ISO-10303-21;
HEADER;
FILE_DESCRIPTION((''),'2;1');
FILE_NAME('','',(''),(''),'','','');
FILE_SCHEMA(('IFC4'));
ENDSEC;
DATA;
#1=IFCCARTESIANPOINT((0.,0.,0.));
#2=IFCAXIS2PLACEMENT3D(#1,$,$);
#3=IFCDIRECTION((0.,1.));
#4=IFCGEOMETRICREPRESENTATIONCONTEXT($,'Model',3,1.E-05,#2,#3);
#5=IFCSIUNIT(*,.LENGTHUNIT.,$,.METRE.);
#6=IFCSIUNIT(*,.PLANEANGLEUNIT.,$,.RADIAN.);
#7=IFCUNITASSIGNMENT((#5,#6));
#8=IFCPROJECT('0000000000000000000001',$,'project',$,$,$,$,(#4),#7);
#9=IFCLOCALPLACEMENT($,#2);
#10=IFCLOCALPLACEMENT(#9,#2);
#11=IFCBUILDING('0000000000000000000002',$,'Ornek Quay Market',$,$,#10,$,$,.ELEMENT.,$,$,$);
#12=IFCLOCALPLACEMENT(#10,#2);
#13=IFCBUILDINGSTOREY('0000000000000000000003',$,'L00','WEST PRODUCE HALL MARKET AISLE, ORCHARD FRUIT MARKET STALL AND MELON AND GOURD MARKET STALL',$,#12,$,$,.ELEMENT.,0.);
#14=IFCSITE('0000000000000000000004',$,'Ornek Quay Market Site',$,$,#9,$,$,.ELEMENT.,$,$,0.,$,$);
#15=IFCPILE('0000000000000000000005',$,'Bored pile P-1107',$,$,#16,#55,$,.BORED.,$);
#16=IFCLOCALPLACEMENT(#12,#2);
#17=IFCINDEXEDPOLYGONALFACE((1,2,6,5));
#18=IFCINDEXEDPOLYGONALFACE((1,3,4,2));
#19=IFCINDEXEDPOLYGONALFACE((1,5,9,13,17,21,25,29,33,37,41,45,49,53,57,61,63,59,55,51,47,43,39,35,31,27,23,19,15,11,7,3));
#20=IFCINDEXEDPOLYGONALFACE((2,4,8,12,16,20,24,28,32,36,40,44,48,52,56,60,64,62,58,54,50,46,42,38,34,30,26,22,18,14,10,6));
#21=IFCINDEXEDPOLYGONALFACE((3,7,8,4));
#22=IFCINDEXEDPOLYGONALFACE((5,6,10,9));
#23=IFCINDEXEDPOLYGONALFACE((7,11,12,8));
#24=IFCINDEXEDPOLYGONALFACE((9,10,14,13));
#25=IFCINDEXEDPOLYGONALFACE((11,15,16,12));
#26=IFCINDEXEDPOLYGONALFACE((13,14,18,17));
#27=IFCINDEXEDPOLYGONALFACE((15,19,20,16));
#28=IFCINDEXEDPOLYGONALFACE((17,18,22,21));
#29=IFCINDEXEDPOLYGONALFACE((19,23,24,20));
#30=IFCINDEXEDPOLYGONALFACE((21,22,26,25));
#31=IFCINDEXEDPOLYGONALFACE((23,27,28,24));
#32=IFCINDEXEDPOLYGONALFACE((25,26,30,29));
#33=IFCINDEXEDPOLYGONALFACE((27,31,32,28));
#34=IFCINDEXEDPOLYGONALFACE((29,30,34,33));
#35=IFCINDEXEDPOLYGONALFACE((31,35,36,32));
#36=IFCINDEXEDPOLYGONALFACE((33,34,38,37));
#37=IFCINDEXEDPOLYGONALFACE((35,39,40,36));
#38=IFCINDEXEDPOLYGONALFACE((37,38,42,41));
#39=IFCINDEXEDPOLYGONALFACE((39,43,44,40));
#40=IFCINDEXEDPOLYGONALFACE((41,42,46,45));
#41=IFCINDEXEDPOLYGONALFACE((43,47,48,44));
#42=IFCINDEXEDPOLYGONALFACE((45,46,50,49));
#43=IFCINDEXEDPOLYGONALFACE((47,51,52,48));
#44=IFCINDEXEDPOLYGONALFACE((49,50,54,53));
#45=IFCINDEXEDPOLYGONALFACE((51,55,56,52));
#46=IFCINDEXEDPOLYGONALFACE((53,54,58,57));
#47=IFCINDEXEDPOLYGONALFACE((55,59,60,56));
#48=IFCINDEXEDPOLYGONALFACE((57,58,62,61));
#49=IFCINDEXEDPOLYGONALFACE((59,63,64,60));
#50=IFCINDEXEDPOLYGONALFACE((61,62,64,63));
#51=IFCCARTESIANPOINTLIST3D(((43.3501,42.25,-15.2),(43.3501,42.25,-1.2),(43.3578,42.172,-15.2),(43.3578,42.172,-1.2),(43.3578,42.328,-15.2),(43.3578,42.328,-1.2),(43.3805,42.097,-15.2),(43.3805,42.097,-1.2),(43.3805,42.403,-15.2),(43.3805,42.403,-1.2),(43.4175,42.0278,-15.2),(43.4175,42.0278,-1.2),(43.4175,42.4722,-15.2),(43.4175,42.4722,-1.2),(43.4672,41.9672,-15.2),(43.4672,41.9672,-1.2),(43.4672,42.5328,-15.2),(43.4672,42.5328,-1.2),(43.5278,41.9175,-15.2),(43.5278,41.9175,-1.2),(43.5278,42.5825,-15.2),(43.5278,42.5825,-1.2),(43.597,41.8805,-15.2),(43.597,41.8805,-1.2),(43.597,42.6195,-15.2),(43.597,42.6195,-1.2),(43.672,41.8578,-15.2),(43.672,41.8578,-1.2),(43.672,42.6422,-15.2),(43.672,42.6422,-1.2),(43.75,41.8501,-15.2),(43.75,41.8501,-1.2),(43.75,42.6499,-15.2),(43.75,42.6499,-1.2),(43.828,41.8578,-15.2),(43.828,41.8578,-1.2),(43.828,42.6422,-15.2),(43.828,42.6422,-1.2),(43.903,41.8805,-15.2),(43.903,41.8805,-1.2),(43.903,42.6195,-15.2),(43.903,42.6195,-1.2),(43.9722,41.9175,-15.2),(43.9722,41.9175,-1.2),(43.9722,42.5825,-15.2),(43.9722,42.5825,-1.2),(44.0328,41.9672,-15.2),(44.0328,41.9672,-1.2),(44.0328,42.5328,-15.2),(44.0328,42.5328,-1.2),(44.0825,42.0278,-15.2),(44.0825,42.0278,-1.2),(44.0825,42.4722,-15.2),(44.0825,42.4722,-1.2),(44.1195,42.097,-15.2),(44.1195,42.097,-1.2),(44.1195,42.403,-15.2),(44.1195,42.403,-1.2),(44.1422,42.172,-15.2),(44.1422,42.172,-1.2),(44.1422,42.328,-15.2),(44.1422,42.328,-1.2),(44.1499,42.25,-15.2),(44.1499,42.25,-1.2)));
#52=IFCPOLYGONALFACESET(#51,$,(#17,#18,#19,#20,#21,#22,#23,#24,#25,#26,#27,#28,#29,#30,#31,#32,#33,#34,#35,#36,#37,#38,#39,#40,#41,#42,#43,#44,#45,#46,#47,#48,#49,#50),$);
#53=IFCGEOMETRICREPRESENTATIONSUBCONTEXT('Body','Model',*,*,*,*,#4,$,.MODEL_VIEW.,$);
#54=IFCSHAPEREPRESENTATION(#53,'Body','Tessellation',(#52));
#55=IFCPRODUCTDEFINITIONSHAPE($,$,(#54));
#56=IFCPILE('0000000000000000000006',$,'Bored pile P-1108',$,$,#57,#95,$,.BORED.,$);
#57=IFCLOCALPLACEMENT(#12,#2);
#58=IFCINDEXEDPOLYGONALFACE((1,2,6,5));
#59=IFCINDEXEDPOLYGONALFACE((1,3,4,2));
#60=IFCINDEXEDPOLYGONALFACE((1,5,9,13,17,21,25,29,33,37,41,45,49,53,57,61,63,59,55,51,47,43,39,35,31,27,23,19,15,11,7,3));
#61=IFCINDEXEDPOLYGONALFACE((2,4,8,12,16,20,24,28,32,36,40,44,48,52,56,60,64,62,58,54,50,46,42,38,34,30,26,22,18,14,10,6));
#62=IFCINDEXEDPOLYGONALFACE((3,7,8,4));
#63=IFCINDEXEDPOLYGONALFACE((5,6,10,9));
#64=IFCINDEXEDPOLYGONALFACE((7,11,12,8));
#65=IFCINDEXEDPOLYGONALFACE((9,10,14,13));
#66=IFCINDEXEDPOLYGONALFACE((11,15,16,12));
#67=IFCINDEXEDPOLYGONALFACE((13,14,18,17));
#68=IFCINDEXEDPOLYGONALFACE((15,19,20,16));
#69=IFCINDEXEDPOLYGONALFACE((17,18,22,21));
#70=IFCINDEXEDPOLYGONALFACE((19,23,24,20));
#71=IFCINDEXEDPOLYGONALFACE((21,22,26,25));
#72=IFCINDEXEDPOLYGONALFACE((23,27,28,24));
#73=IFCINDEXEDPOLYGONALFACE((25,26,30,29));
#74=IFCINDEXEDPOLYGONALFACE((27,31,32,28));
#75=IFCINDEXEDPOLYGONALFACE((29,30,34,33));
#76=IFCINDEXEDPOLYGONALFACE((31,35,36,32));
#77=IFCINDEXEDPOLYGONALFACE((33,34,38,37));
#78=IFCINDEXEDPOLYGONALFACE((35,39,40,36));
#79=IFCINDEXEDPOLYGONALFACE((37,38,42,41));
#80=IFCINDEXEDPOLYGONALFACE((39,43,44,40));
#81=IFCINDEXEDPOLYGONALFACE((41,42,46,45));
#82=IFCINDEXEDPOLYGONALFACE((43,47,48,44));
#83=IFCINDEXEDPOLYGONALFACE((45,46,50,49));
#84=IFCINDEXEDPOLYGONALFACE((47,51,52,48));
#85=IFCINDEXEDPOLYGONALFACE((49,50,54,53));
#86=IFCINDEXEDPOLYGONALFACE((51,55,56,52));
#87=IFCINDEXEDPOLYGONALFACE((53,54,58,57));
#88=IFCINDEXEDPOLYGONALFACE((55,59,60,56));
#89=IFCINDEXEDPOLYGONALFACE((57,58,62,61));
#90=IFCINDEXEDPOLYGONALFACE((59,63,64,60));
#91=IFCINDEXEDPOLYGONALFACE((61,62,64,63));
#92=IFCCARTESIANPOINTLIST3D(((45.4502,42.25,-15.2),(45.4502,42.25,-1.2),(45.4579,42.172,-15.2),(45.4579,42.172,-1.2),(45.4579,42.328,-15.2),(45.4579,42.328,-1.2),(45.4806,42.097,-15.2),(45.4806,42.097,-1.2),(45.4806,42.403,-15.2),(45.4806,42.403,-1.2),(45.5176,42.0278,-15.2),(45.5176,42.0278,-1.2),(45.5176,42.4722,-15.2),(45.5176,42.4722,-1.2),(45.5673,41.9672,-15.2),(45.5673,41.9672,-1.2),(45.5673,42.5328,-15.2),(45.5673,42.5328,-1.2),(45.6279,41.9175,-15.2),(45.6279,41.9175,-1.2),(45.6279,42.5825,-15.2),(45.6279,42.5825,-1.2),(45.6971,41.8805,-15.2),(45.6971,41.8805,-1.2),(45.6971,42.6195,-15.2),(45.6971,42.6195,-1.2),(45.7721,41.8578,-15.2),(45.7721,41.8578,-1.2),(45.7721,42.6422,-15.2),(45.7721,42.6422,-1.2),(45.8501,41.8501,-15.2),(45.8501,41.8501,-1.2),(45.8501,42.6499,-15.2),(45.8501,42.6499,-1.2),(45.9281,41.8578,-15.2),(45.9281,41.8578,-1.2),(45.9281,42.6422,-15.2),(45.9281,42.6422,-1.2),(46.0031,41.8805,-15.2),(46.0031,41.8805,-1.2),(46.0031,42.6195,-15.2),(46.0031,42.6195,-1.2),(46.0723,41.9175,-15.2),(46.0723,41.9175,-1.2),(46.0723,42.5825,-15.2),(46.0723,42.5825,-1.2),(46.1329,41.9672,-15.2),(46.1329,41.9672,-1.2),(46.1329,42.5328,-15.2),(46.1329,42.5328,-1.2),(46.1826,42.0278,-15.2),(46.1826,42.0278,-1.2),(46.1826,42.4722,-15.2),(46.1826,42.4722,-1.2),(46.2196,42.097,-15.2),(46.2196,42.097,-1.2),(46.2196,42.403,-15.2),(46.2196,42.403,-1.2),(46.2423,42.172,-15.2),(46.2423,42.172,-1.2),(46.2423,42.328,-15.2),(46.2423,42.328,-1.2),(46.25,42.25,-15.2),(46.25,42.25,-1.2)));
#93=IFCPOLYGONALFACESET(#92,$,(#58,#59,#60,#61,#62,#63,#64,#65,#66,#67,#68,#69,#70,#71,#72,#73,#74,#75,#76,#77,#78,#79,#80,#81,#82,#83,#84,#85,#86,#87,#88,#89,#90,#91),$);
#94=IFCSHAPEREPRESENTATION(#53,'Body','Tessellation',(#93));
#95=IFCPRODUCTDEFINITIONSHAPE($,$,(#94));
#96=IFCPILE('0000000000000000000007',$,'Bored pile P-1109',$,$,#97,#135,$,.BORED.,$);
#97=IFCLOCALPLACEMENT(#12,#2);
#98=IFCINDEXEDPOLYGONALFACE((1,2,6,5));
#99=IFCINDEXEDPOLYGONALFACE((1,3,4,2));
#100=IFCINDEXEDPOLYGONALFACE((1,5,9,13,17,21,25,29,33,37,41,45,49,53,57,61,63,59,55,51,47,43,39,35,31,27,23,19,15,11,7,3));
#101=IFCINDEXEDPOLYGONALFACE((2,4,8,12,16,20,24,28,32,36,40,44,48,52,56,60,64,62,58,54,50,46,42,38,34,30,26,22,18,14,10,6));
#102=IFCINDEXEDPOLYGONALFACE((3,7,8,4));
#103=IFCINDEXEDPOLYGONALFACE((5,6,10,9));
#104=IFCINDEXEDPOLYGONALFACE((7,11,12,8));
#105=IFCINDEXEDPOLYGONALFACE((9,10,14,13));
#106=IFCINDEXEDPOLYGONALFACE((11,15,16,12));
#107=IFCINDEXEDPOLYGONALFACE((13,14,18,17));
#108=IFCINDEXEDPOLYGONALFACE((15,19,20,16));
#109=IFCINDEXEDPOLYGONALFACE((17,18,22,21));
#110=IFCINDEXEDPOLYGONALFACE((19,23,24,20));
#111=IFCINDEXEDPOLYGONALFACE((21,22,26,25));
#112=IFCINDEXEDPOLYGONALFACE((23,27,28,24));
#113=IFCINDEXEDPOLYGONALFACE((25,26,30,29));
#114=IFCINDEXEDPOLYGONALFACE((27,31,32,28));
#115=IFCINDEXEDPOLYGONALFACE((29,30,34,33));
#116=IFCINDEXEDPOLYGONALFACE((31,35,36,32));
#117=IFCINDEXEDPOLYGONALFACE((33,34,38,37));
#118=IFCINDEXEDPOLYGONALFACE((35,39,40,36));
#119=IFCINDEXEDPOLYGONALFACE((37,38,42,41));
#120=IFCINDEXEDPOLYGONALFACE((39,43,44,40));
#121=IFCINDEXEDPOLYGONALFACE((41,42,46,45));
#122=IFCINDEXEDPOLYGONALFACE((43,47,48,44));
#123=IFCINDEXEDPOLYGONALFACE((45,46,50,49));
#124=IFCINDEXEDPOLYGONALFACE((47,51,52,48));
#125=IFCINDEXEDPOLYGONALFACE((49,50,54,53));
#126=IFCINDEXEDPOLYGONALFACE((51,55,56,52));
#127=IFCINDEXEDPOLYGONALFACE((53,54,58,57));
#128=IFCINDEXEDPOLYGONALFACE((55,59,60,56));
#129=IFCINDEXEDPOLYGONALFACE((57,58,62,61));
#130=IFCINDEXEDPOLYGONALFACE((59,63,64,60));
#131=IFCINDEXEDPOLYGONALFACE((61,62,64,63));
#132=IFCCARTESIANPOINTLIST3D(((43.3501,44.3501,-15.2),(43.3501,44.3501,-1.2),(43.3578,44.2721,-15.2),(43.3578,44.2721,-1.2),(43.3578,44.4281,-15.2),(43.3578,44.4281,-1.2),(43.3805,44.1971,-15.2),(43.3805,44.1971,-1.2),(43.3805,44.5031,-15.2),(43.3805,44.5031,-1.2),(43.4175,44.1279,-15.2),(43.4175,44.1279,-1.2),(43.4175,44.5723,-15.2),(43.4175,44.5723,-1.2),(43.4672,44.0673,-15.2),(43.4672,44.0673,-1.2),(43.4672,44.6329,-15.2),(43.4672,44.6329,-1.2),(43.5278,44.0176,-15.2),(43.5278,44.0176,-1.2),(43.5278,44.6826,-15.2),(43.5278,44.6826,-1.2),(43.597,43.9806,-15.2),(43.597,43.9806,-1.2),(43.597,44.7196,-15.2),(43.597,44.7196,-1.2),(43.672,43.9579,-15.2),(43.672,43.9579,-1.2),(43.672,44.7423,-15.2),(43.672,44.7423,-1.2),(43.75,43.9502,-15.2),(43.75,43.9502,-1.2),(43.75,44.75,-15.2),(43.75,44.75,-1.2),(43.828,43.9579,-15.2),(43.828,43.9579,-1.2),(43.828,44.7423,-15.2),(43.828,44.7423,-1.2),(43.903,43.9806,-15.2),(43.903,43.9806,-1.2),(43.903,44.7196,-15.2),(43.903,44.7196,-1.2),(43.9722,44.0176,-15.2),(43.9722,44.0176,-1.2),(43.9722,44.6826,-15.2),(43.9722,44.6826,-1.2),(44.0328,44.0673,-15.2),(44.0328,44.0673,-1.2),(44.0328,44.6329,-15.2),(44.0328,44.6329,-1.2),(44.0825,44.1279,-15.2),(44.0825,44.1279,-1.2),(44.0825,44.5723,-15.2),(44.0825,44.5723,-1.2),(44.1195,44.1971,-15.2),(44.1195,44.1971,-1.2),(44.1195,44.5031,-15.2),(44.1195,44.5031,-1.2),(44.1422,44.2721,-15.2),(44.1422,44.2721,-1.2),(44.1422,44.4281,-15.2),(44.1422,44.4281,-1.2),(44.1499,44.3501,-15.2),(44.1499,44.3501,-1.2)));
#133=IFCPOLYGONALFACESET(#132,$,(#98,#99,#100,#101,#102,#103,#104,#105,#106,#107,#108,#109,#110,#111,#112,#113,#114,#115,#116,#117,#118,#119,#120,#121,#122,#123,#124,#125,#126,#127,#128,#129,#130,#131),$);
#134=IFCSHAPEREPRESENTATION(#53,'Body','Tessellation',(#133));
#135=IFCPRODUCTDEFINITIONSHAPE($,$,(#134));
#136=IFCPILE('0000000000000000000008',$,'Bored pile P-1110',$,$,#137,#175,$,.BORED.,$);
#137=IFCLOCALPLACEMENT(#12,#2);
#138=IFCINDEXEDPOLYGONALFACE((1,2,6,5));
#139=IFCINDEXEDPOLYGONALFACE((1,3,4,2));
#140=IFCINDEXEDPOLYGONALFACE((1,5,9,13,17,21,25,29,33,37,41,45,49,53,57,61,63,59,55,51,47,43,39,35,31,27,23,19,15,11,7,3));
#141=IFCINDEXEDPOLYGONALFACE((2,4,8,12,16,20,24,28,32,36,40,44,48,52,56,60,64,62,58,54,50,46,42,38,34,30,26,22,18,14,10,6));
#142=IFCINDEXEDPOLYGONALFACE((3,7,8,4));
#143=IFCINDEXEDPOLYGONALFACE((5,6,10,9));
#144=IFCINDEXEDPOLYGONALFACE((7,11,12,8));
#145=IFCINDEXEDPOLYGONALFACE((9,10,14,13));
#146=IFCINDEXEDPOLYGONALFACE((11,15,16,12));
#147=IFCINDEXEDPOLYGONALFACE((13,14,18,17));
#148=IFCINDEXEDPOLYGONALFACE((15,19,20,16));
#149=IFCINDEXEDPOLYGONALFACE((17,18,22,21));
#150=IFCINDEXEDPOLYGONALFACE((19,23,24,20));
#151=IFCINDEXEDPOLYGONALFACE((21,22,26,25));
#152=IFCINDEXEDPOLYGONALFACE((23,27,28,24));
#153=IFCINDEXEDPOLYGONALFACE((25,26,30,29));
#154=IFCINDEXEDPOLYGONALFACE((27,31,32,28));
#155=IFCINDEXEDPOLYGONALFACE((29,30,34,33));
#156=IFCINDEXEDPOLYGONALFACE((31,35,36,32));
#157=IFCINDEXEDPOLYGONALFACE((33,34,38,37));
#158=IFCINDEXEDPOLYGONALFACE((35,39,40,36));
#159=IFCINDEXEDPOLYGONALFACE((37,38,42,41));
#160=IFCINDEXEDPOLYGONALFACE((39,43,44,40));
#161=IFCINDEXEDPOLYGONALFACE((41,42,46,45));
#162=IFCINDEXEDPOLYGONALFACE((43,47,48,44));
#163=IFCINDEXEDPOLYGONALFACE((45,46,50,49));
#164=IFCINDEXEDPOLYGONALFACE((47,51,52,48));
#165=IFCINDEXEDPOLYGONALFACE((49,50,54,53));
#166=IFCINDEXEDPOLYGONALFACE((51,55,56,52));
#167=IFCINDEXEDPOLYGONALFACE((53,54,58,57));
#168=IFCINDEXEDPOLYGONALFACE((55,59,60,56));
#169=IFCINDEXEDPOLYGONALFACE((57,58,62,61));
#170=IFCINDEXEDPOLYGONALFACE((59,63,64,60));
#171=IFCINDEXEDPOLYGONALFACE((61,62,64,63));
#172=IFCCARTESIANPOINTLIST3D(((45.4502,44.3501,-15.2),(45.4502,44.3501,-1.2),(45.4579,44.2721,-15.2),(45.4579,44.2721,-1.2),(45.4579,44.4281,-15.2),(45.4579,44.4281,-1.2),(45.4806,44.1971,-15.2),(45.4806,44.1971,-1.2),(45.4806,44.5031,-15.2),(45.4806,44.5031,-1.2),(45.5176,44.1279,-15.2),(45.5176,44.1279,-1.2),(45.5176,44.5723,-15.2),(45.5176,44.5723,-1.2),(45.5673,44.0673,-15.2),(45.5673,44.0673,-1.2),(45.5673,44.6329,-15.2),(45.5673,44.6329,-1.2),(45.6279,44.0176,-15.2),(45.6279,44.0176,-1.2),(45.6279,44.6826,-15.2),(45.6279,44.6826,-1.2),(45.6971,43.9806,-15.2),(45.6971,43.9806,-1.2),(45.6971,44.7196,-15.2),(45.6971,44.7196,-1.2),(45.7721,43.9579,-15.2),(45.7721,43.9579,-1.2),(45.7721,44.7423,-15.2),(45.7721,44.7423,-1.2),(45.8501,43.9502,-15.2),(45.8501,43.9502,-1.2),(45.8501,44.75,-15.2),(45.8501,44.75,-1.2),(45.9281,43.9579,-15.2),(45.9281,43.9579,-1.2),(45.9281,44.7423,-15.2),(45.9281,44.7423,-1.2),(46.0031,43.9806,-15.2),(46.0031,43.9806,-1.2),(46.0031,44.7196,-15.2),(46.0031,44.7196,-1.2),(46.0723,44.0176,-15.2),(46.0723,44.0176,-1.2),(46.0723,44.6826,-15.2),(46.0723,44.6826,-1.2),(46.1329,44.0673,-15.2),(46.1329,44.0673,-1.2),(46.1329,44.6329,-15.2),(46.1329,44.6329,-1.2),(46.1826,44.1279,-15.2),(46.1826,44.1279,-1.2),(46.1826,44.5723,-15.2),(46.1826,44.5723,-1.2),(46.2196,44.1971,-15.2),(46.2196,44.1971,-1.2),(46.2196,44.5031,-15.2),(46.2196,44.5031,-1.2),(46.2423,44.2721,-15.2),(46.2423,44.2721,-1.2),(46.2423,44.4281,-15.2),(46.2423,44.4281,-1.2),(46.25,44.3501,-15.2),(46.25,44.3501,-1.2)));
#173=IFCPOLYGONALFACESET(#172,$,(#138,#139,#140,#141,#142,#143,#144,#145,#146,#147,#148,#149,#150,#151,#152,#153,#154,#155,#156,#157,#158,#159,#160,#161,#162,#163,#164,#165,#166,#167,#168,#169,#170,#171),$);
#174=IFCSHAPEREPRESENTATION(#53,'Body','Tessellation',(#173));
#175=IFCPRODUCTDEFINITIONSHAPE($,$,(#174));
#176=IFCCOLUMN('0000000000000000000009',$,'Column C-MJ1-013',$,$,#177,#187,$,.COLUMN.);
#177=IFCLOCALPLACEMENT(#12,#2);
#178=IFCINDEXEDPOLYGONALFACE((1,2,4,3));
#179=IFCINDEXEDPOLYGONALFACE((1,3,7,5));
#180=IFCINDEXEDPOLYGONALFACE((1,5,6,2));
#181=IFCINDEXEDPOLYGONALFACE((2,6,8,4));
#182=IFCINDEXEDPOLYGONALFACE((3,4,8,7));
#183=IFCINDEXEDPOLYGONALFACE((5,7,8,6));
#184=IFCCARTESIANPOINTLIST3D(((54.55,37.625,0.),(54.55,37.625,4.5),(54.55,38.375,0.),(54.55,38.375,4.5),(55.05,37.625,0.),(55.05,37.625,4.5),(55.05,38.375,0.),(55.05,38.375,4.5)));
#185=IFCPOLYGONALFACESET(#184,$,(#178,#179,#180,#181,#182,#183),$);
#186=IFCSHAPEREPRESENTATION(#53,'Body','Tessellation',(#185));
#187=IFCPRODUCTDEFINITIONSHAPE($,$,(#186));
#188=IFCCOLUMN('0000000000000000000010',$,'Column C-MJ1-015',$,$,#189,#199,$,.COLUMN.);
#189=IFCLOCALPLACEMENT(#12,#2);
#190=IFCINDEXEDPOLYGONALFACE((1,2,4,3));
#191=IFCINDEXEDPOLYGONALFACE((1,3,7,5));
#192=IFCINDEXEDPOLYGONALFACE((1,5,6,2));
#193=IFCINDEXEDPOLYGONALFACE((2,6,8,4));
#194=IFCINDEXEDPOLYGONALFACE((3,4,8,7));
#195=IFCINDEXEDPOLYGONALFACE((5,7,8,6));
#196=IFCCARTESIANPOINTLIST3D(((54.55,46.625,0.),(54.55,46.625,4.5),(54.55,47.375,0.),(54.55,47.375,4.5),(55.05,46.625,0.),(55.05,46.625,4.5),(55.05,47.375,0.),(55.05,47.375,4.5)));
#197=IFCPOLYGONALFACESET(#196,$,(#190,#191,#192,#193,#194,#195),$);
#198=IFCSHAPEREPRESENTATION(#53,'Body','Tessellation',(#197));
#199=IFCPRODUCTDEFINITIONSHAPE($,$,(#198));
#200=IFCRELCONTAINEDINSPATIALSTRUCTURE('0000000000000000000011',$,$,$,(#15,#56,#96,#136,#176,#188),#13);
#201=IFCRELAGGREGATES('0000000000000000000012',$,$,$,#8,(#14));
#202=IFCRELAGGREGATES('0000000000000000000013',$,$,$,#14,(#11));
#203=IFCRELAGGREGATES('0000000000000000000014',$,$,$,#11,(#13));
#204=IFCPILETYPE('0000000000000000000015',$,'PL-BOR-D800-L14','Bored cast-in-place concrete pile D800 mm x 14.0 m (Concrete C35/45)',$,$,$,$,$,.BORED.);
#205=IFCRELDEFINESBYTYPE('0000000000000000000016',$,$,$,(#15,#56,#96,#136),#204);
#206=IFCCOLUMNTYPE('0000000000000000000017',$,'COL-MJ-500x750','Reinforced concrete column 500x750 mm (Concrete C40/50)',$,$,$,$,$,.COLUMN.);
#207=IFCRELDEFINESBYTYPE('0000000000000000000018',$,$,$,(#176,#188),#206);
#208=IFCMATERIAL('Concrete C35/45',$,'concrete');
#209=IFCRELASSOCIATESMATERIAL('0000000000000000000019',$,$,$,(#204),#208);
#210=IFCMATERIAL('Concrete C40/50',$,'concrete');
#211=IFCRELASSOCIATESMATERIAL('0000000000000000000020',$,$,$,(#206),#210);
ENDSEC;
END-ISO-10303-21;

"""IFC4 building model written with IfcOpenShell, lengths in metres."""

from ifc_helpers import new_model, si_unit, direction, frame, origin, origin_2d, place, context, subcontext, project, spatial, rectangle, circle, extrude, material, material_profile, profile_set, type_object, element, save


model = new_model("IFC4")

# Units and contexts
model_context = context("Model", 3, precision=1e-05, world=origin(), true_north=direction((0.0, 1.0)))
body_context = subcontext(model_context, "Body", "Model", "MODEL_VIEW")
ifc_project = project(units=[si_unit("LENGTHUNIT", "METRE"), si_unit("PLANEANGLEUNIT", "RADIAN")], contexts=[model_context])

# Site, building, storey
site_placement = place(None, origin())
site = spatial("IfcSite", under=ifc_project, at=site_placement, Name="Ornek Quay Market Site", CompositionType="ELEMENT", RefElevation=0.0)
building_placement = place(site_placement, origin())
building = spatial("IfcBuilding", under=site, at=building_placement, Name="Ornek Quay Market", CompositionType="ELEMENT")
storey_placement = place(building_placement, origin())
storey = spatial("IfcBuildingStorey", under=building, at=storey_placement, Name="L00", Description="WEST PRODUCE HALL MARKET AISLE, ORCHARD FRUIT MARKET STALL AND MELON AND GOURD MARKET STALL", CompositionType="ELEMENT", Elevation=0.0)

# Piles
ifc_material_1 = material(Name="Concrete C35/45", Category="concrete")
ifc_material_profile_1 = material_profile(ifc_material_1, circle(Radius=0.3999, at=origin_2d()), Name="PILE D800", Category="concrete")
ifc_profile_set_1 = profile_set([ifc_material_profile_1], Name="Concrete C35/45")
pile_type = type_object("IfcPileType", Name="PL-BOR-D800-L14", Description="Bored cast-in-place concrete pile D800 mm x 14.0 m (Concrete C35/45)", PredefinedType="BORED", material=ifc_profile_set_1)
for number, where, z_axis, x_axis, name in (
    (1, (43.75, 42.25, -1.2), (0.0, 0.0, -1.0), (1.0, 0.0, 0.0), "Bored pile P-1107"),
    (2, (45.8501, 42.25, -1.2), (0.0, 0.0, -1.0), (1.0, 0.0, 0.0), "Bored pile P-1108"),
    (3, (43.75, 44.3501, -1.2), (0.0, 0.0, -1.0), (1.0, 0.0, 0.0), "Bored pile P-1109"),
    (4, (45.8501, 44.3501, -1.2), (0.0, 0.0, -1.0), (1.0, 0.0, 0.0), "Bored pile P-1110"),
):
    element("IfcPile", number, at=place(storey_placement, frame(where, z_axis=z_axis, x_axis=x_axis)), inside=storey, type_object=pile_type, Name=name, PredefinedType="BORED", context=body_context, shape_type="SweptSolid", body=[
        extrude(circle(Radius=0.3999, at=origin_2d()), origin(), (0.0, 0.0, 1.0), 14.0),
    ])

# Columns
ifc_material_2 = material(Name="Concrete C40/50", Category="concrete")
ifc_material_profile_2 = material_profile(ifc_material_2, rectangle(XDim=0.5, YDim=0.75, at=origin_2d()), Name="RC 500x750", Category="concrete")
ifc_profile_set_2 = profile_set([ifc_material_profile_2], Name="Concrete C40/50")
column_type_1 = type_object("IfcColumnType", Name="COL-MJ-500x750", Description="Reinforced concrete column 500x750 mm (Concrete C40/50)", PredefinedType="COLUMN", material=ifc_profile_set_2)
for number, where, z_axis, x_axis, name in (
    (5, (54.8, 38.0, 0.0), (0.0, 0.0, 1.0), (1.0, 0.0, 0.0), "Column C-MJ1-013"),
    (6, (54.8, 47.0, 0.0), (0.0, 0.0, 1.0), (1.0, 0.0, 0.0), "Column C-MJ1-015"),
):
    element("IfcColumn", number, at=place(storey_placement, frame(where, z_axis=z_axis, x_axis=x_axis)), inside=storey, type_object=column_type_1, Name=name, PredefinedType="COLUMN", context=body_context, shape_type="SweptSolid", body=[
        extrude(rectangle(XDim=0.5, YDim=0.75, at=origin_2d()), origin(), (0.0, 0.0, 1.0), 4.5),
    ])

save(model, "model.ifc")
